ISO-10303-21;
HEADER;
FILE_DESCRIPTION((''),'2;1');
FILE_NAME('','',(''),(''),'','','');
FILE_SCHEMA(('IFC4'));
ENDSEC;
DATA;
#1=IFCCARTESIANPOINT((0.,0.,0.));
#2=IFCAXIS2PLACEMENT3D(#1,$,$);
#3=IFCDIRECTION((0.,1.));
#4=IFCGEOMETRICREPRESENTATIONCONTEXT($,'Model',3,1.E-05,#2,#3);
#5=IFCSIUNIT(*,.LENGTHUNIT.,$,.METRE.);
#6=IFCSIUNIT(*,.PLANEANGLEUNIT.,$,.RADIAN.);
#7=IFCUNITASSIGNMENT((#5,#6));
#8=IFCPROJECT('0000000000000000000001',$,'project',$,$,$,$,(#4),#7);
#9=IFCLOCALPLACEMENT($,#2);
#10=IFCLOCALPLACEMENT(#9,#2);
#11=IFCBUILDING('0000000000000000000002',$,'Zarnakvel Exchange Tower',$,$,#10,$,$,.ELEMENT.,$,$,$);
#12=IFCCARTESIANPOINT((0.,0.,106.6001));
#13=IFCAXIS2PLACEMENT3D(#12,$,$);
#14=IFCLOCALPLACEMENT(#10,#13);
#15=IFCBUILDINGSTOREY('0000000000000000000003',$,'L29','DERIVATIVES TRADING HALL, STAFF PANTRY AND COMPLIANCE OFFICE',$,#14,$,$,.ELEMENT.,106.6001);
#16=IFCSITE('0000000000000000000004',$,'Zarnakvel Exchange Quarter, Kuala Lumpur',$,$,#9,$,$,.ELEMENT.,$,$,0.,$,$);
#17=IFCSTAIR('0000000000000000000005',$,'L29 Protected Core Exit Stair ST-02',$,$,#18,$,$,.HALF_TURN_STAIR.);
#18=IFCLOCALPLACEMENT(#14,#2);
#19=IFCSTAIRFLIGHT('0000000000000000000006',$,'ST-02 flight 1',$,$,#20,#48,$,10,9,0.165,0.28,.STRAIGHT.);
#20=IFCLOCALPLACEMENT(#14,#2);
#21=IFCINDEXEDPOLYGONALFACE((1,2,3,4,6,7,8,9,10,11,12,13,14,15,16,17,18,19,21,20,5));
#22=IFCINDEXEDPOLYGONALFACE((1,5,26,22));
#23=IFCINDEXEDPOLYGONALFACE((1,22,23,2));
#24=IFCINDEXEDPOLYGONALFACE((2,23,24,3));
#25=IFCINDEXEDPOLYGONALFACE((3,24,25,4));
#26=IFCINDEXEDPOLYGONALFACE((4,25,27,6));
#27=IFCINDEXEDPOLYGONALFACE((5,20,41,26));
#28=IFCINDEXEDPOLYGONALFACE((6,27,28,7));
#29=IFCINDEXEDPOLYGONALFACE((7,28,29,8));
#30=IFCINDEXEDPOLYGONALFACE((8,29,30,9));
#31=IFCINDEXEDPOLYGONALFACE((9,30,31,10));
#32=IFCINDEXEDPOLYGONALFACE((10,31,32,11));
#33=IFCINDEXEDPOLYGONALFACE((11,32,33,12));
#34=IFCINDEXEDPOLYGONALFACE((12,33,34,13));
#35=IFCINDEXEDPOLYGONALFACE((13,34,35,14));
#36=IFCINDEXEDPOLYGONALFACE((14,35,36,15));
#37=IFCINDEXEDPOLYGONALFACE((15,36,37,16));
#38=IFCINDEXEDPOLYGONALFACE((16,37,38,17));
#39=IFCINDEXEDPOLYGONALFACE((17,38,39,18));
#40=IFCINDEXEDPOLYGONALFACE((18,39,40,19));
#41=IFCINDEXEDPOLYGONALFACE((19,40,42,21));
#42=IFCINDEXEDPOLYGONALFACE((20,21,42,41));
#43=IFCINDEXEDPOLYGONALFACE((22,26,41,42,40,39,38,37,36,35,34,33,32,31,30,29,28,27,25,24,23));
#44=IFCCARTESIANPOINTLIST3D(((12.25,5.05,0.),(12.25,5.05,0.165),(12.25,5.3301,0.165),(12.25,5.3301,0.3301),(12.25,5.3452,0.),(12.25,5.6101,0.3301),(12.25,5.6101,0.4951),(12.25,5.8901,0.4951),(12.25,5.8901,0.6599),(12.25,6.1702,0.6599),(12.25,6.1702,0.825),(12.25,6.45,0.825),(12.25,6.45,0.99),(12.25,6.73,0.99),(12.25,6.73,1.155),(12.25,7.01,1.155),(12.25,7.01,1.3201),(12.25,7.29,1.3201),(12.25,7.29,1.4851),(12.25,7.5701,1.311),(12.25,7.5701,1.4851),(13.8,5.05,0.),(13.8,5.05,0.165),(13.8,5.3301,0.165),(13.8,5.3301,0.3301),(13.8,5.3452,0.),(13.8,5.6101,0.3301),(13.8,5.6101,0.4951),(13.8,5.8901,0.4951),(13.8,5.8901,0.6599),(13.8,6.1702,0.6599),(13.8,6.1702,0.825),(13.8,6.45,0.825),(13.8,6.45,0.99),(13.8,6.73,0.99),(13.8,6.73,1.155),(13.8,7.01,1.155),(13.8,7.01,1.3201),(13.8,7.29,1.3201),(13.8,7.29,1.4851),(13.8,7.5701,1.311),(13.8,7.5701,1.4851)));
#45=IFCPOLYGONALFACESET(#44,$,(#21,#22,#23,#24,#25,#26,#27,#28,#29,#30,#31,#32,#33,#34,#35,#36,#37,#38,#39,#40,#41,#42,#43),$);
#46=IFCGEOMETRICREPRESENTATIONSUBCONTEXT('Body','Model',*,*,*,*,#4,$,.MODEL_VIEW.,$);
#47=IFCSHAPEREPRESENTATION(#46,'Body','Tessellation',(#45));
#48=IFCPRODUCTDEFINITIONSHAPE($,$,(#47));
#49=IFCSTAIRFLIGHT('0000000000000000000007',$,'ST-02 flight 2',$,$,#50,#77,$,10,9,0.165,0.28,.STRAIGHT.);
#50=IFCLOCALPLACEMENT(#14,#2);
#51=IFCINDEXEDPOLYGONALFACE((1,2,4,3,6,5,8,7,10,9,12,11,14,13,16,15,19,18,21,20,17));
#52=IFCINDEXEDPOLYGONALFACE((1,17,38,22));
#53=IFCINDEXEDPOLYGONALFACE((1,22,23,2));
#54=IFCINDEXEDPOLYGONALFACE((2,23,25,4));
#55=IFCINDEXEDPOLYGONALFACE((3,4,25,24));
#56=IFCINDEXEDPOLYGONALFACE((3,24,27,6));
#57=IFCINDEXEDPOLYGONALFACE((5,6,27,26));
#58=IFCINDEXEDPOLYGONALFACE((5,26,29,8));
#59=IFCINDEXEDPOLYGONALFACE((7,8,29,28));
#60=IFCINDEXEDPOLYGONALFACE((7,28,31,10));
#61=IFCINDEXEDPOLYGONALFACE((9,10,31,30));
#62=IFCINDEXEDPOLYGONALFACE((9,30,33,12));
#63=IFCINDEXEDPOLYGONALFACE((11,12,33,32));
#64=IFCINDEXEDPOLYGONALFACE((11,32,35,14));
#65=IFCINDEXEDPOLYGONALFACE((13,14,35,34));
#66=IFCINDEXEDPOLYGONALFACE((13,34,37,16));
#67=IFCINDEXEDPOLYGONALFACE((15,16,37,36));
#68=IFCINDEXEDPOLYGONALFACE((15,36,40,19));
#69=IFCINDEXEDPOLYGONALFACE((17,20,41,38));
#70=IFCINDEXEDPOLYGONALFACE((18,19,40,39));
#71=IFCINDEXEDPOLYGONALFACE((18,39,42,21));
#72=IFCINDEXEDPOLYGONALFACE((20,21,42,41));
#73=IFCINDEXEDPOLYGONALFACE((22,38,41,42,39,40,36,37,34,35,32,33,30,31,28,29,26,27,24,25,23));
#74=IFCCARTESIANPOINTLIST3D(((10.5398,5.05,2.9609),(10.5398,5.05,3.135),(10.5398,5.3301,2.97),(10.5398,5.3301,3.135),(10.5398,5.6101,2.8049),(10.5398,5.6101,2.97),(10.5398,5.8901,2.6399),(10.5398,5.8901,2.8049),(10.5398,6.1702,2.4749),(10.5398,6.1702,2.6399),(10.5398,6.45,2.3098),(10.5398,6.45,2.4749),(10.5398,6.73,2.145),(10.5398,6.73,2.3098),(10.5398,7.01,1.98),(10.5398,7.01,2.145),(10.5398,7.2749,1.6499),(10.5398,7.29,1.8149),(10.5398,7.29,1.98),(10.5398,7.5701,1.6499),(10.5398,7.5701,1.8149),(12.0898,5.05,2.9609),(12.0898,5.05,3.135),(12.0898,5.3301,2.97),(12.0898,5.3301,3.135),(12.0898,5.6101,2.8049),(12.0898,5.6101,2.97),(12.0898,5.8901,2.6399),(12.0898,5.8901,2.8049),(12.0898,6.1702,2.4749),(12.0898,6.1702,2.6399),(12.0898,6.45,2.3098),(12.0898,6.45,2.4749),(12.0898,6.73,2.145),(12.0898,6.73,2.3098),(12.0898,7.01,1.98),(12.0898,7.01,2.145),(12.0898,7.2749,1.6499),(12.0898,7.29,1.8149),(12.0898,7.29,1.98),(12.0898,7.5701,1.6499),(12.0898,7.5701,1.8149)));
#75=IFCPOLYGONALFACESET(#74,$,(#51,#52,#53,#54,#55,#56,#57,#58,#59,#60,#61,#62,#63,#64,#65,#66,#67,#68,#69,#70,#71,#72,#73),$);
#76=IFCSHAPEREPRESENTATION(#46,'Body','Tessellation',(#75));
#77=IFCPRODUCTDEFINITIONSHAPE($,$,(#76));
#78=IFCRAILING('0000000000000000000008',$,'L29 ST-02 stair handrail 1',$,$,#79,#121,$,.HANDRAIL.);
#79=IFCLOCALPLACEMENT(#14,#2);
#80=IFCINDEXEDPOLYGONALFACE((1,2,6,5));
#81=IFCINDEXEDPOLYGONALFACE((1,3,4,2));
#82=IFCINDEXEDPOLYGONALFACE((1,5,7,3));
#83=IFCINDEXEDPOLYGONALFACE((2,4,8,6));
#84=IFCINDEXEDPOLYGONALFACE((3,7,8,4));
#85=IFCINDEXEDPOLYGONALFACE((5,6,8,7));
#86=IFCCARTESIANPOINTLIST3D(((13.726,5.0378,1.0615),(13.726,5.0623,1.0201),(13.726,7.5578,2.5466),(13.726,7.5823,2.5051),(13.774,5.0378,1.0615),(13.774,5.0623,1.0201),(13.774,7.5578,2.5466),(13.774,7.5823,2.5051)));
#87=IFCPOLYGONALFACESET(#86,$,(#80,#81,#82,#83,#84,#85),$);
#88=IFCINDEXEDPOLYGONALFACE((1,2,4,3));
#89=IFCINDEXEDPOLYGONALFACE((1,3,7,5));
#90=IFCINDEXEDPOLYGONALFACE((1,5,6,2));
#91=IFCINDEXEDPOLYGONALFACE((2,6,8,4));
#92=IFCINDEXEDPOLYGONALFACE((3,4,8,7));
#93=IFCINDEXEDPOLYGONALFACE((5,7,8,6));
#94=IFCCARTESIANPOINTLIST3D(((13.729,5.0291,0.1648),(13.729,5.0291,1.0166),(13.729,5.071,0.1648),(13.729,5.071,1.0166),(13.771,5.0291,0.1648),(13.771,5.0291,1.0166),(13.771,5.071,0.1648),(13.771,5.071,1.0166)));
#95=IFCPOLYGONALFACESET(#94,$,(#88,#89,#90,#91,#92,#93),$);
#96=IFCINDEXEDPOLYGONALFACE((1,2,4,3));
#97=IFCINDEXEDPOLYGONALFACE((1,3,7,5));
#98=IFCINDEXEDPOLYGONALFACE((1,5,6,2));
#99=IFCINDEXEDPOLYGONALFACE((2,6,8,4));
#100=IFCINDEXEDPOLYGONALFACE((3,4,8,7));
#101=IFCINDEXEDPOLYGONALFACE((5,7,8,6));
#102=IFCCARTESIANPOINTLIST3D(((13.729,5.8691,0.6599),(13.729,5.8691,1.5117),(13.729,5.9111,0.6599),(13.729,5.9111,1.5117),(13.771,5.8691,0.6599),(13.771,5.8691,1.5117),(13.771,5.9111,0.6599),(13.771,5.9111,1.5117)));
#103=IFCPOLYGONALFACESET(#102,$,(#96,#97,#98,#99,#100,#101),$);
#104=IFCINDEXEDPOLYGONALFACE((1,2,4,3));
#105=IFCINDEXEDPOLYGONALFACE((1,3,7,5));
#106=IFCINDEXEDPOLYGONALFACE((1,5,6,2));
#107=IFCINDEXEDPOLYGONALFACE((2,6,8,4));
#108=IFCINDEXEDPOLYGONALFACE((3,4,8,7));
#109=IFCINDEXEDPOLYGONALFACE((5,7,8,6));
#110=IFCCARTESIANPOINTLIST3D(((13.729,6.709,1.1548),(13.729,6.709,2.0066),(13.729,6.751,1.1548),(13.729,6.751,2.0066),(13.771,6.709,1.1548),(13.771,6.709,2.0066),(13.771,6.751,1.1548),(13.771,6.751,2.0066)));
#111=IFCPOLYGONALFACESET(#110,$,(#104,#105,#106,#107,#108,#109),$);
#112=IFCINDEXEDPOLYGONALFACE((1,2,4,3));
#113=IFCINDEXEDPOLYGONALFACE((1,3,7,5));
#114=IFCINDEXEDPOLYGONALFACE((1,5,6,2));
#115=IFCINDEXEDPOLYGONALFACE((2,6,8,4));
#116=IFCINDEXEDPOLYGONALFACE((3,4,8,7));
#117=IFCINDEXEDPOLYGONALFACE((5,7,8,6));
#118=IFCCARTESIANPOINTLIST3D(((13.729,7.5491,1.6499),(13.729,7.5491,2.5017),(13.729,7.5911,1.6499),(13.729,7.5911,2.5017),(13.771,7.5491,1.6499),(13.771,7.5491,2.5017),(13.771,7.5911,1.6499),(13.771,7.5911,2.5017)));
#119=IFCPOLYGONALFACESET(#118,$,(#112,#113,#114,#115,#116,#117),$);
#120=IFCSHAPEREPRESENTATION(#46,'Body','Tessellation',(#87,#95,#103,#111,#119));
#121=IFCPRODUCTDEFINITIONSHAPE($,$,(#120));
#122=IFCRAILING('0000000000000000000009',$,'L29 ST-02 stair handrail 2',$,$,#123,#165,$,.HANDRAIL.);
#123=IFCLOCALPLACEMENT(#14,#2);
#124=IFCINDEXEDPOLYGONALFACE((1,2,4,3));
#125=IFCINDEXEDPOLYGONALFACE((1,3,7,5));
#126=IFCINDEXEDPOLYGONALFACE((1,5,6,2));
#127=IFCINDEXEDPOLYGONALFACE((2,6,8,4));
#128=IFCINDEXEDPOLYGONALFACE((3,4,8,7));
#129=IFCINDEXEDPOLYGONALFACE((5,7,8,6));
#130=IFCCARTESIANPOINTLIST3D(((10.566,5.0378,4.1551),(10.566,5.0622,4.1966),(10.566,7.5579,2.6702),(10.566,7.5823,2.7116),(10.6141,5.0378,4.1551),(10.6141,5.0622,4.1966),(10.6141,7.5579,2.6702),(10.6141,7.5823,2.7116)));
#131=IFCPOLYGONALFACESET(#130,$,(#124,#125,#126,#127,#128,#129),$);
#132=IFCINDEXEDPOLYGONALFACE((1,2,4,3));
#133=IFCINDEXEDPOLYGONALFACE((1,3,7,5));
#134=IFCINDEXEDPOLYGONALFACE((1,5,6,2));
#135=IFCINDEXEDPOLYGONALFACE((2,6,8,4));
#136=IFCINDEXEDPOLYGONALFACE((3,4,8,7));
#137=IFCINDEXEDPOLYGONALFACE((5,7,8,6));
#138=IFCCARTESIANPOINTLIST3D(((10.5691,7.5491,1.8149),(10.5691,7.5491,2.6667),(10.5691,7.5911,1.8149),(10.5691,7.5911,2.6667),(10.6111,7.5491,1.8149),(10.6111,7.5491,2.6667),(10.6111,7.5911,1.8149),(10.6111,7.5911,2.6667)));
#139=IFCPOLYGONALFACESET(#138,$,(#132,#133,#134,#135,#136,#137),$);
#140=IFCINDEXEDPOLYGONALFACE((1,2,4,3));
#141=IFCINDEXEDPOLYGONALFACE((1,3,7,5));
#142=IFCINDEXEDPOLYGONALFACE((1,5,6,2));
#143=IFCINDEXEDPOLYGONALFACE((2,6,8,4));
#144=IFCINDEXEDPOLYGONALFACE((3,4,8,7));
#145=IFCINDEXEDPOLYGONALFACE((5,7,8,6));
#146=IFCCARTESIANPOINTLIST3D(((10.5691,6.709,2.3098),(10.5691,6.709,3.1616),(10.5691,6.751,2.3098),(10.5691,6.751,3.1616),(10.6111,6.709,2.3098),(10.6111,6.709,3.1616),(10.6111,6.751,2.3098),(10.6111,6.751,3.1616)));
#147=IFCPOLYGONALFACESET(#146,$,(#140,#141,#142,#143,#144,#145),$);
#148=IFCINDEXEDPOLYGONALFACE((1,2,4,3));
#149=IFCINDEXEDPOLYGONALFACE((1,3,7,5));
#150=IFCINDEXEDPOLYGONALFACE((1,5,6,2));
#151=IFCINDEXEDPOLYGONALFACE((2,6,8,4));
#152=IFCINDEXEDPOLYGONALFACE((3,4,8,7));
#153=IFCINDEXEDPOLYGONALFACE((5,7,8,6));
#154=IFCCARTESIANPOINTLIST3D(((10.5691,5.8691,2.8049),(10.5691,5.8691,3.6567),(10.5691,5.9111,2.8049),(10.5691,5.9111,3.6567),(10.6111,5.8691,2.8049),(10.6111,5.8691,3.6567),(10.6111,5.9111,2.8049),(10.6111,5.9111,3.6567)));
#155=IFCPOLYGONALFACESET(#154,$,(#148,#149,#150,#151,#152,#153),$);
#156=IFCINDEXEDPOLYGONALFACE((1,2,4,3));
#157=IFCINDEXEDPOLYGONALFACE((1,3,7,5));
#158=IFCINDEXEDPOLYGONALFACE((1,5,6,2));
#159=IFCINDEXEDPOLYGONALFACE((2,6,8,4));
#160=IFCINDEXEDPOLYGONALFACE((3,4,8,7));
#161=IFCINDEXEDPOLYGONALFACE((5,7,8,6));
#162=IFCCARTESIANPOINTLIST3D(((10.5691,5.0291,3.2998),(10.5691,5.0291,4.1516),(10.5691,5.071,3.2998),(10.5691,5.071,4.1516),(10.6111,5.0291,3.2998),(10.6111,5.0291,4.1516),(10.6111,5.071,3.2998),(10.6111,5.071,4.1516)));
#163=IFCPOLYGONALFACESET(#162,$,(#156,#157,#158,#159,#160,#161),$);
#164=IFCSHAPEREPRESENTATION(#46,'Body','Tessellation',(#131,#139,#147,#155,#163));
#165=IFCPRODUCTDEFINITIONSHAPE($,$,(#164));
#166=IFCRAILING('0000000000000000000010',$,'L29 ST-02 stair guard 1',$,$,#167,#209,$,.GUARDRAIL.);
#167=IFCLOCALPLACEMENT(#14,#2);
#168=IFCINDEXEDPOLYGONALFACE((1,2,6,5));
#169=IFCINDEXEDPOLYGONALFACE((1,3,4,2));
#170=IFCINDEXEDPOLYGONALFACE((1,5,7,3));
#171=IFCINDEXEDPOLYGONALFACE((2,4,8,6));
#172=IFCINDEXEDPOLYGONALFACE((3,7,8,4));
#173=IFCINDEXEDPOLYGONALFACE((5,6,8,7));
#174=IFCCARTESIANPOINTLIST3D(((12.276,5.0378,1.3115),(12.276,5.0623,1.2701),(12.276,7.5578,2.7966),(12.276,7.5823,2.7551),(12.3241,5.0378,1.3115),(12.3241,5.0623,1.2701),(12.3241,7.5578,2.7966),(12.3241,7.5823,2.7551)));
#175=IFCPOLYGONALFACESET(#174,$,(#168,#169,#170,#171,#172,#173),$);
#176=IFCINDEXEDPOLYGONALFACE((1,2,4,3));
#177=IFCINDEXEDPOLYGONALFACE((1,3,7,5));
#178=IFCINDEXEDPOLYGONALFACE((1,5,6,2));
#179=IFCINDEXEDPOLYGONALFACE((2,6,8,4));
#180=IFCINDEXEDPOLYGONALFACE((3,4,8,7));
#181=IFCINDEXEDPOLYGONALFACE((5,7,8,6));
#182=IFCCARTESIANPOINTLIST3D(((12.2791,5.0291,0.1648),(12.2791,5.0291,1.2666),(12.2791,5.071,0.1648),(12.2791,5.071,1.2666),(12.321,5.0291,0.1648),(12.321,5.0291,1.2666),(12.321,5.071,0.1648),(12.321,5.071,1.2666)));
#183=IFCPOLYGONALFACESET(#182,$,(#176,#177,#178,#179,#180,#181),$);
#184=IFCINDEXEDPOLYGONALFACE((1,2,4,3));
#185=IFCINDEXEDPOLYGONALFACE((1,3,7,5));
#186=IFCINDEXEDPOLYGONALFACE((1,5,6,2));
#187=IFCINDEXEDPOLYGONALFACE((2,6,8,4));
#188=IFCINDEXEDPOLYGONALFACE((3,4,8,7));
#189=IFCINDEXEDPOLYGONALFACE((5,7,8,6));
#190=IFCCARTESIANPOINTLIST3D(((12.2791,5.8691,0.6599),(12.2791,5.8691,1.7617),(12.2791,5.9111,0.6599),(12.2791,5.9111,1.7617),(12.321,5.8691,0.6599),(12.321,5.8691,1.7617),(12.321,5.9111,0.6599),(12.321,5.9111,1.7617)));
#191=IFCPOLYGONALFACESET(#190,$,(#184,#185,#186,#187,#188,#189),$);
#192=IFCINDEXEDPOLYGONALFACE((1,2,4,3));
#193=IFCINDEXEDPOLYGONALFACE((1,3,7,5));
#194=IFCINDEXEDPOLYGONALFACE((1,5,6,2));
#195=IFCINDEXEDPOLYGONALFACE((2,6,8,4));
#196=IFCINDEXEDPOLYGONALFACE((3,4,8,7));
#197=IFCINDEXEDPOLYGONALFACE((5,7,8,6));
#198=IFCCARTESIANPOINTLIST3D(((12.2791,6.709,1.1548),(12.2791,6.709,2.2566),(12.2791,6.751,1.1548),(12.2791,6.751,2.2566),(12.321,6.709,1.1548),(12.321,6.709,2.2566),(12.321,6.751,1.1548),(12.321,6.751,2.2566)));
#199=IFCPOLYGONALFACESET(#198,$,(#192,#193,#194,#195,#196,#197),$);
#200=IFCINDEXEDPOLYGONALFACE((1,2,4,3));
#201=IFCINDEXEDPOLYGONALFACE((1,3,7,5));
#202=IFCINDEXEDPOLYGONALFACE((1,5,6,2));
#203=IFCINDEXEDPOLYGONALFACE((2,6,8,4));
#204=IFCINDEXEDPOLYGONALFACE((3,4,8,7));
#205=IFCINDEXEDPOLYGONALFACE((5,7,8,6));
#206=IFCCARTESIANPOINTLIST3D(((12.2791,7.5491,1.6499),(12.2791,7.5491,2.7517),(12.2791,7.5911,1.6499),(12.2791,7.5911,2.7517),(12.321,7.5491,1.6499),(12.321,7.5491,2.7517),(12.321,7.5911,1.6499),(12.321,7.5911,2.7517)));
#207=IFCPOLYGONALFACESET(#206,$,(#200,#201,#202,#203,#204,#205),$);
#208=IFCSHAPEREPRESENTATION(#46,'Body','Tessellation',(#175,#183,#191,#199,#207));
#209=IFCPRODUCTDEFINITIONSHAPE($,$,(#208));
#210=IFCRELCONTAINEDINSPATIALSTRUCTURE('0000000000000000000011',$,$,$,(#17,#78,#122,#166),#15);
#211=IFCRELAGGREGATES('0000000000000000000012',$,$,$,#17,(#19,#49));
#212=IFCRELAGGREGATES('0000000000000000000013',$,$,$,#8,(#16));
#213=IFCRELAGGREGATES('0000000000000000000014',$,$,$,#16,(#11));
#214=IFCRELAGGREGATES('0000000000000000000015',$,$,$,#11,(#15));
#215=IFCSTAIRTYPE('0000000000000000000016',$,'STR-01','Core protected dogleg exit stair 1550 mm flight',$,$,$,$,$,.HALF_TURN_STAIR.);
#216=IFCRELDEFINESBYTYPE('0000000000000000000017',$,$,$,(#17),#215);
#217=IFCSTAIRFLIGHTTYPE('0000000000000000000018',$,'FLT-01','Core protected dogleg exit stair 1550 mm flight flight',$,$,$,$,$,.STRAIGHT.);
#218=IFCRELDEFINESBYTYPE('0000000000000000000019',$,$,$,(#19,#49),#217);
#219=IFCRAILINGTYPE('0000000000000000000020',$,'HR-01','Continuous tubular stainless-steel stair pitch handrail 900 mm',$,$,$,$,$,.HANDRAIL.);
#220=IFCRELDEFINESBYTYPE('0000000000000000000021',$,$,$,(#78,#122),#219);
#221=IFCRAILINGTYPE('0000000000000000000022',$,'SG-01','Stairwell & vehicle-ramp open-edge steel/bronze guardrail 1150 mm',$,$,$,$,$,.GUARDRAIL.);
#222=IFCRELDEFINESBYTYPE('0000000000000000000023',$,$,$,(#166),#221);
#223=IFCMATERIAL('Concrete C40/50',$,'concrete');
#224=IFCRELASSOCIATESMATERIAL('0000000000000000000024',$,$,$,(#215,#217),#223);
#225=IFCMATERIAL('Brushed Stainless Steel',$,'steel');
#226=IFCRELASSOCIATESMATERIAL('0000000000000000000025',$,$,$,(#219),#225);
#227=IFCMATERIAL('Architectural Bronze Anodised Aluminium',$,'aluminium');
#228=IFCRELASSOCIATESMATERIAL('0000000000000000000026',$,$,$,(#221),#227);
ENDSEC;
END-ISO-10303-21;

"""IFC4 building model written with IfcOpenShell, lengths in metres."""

from ifc_helpers import new_model, si_unit, direction, frame, origin, origin_2d, place, context, subcontext, project, spatial, polyline, rectangle, outline, extrude, material, type_object, element, aggregate, save


model = new_model("IFC4")

# Units and contexts
model_context = context("Model", 3, precision=1e-05, world=origin(), true_north=direction((0.0, 1.0)))
body_context = subcontext(model_context, "Body", "Model", "MODEL_VIEW")
ifc_project = project(units=[si_unit("LENGTHUNIT", "METRE"), si_unit("PLANEANGLEUNIT", "RADIAN")], contexts=[model_context])

# Site, building, storey
site_placement = place(None, origin())
site = spatial("IfcSite", under=ifc_project, at=site_placement, Name="Zarnakvel Exchange Quarter, Kuala Lumpur", CompositionType="ELEMENT", RefElevation=0.0)
building_placement = place(site_placement, origin())
building = spatial("IfcBuilding", under=site, at=building_placement, Name="Zarnakvel Exchange Tower", CompositionType="ELEMENT")
storey_placement = place(building_placement, frame((0.0, 0.0, 106.6001)))
storey = spatial("IfcBuildingStorey", under=building, at=storey_placement, Name="L29", Description="DERIVATIVES TRADING HALL, STAFF PANTRY AND COMPLIANCE OFFICE", CompositionType="ELEMENT", Elevation=106.6001)

# Shared definitions
ifc_material_1 = material(Name="Architectural Bronze Anodised Aluminium", Category="aluminium")

# Shared definitions
ifc_material_2 = material(Name="Concrete C40/50", Category="concrete")

# Stair, stair flights
stair_type = type_object("IfcStairType", Name="STR-01", Description="Core protected dogleg exit stair 1550 mm flight", PredefinedType="HALF_TURN_STAIR", material=ifc_material_2)
stair_placement = place(storey_placement, origin())
stair = element("IfcStair", 1, at=stair_placement, inside=storey, type_object=stair_type, Name="L29 Protected Core Exit Stair ST-02", PredefinedType="HALF_TURN_STAIR")
stair_flight_type = type_object("IfcStairFlightType", Name="FLT-01", Description="Core protected dogleg exit stair 1550 mm flight flight", PredefinedType="STRAIGHT", material=ifc_material_2)
stair_flight_1_placement = place(storey_placement, frame((13.0249, 5.05, 0.0), z_axis=(0.0, 0.0, 1.0), x_axis=(0.0, 1.0, 0.0)))
stair_flight_1 = element("IfcStairFlight", 2, at=stair_flight_1_placement, type_object=stair_flight_type, Name="ST-02 flight 1", NumberOfRisers=10, NumberOfTreads=9, PredefinedType="STRAIGHT", RiserHeight=0.165, TreadLength=0.28, context=body_context, shape_type="SweptSolid", body=[
    extrude(outline(polyline([(0.0, 0.0), (0.0, 0.165), (0.28, 0.165), (0.28, 0.3301), (0.5601, 0.3301), (0.5601, 0.4951), (0.8401, 0.4951), (0.8401, 0.6599), (1.1201, 0.6599), (1.1201, 0.825), (1.3999, 0.825), (1.3999, 0.99), (1.6799, 0.99), (1.6799, 1.155), (1.96, 1.155), (1.96, 1.3201), (2.24, 1.3201), (2.24, 1.4851), (2.52, 1.4851), (2.52, 1.6499), (2.52, 1.311), (0.2952, 0.0), (0.0, 0.0)])), frame((0.0, 0.7749, 0.0), z_axis=(0.0, -1.0, 0.0), x_axis=(1.0, 0.0, 0.0)), (0.0, 0.0, 1.0), 1.55),
])
stair_flight_2_placement = place(storey_placement, frame((11.3149, 7.5701, 1.6499), z_axis=(0.0, 0.0, 1.0), x_axis=(0.0, -1.0, 0.0)))
stair_flight_2 = element("IfcStairFlight", 3, at=stair_flight_2_placement, type_object=stair_flight_type, Name="ST-02 flight 2", NumberOfRisers=10, NumberOfTreads=9, PredefinedType="STRAIGHT", RiserHeight=0.165, TreadLength=0.28, context=body_context, shape_type="SweptSolid", body=[
    extrude(outline(polyline([(0.0, 0.0), (0.0, 0.165), (0.28, 0.165), (0.28, 0.3301), (0.5601, 0.3301), (0.5601, 0.4951), (0.8401, 0.4951), (0.8401, 0.6599), (1.1201, 0.6599), (1.1201, 0.825), (1.3999, 0.825), (1.3999, 0.99), (1.6799, 0.99), (1.6799, 1.155), (1.96, 1.155), (1.96, 1.3201), (2.24, 1.3201), (2.24, 1.4851), (2.52, 1.4851), (2.52, 1.6499), (2.52, 1.311), (0.2952, 0.0), (0.0, 0.0)])), frame((0.0, 0.7749, 0.0), z_axis=(0.0, -1.0, 0.0), x_axis=(1.0, 0.0, 0.0)), (0.0, 0.0, 1.0), 1.55),
])
aggregate(stair, [stair_flight_1, stair_flight_2])

# Railings
ifc_material_3 = material(Name="Brushed Stainless Steel", Category="steel")
railing_type_1 = type_object("IfcRailingType", Name="HR-01", Description="Continuous tubular stainless-steel stair pitch handrail 900 mm", PredefinedType="HANDRAIL", material=ifc_material_3)
railing_1_placement = place(storey_placement, frame((13.75, 5.05, 0.1648)))
element("IfcRailing", 4, at=railing_1_placement, inside=storey, type_object=railing_type_1, Name="L29 ST-02 stair handrail 1", PredefinedType="HANDRAIL", context=body_context, shape_type="SweptSolid", body=[
    extrude(rectangle(XDim=0.0481, YDim=0.0481, at=origin_2d()), frame((0.0, 0.0, 0.876), z_axis=(0.0, 0.861524, 0.507717), x_axis=(-1.0, 0.0, 0.0)), (0.0, 0.0, 1.0), 2.925),
    extrude(rectangle(XDim=0.042, YDim=0.042, at=origin_2d()), origin(), (0.0, 0.0, 1.0), 0.8518),
    extrude(rectangle(XDim=0.042, YDim=0.042, at=origin_2d()), frame((0.0, 0.8401, 0.4951)), (0.0, 0.0, 1.0), 0.8518),
    extrude(rectangle(XDim=0.042, YDim=0.042, at=origin_2d()), frame((0.0, 1.6799, 0.99)), (0.0, 0.0, 1.0), 0.8518),
    extrude(rectangle(XDim=0.042, YDim=0.042, at=origin_2d()), frame((0.0, 2.52, 1.4851)), (0.0, 0.0, 1.0), 0.8518),
])
railing_2_placement = place(storey_placement, frame((10.5901, 7.5701, 1.8149)))
element("IfcRailing", 5, at=railing_2_placement, inside=storey, type_object=railing_type_1, Name="L29 ST-02 stair handrail 2", PredefinedType="HANDRAIL", context=body_context, shape_type="SweptSolid", body=[
    extrude(rectangle(XDim=0.0481, YDim=0.0481, at=origin_2d()), frame((0.0, 0.0, 0.876), z_axis=(0.0, -0.861561, 0.507655), x_axis=(1.0, 0.0, 0.0)), (0.0, 0.0, 1.0), 2.925),
    extrude(rectangle(XDim=0.042, YDim=0.042, at=origin_2d()), origin(), (0.0, 0.0, 1.0), 0.8518),
    extrude(rectangle(XDim=0.042, YDim=0.042, at=origin_2d()), frame((0.0, -0.8401, 0.4949)), (0.0, 0.0, 1.0), 0.8518),
    extrude(rectangle(XDim=0.042, YDim=0.042, at=origin_2d()), frame((0.0, -1.6799, 0.99)), (0.0, 0.0, 1.0), 0.8518),
    extrude(rectangle(XDim=0.042, YDim=0.042, at=origin_2d()), frame((0.0, -2.52, 1.4849)), (0.0, 0.0, 1.0), 0.8518),
])
railing_type_2 = type_object("IfcRailingType", Name="SG-01", Description="Stairwell & vehicle-ramp open-edge steel/bronze guardrail 1150 mm", PredefinedType="GUARDRAIL", material=ifc_material_1)
railing_3_placement = place(storey_placement, frame((12.3, 5.05, 0.1648)))
element("IfcRailing", 6, at=railing_3_placement, inside=storey, type_object=railing_type_2, Name="L29 ST-02 stair guard 1", PredefinedType="GUARDRAIL", context=body_context, shape_type="SweptSolid", body=[
    extrude(rectangle(XDim=0.0481, YDim=0.0481, at=origin_2d()), frame((0.0, 0.0, 1.126), z_axis=(0.0, 0.861524, 0.507717), x_axis=(-1.0, 0.0, 0.0)), (0.0, 0.0, 1.0), 2.925),
    extrude(rectangle(XDim=0.042, YDim=0.042, at=origin_2d()), origin(), (0.0, 0.0, 1.0), 1.1018),
    extrude(rectangle(XDim=0.042, YDim=0.042, at=origin_2d()), frame((0.0, 0.8401, 0.4951)), (0.0, 0.0, 1.0), 1.1018),
    extrude(rectangle(XDim=0.042, YDim=0.042, at=origin_2d()), frame((0.0, 1.6799, 0.99)), (0.0, 0.0, 1.0), 1.1018),
    extrude(rectangle(XDim=0.042, YDim=0.042, at=origin_2d()), frame((0.0, 2.52, 1.4851)), (0.0, 0.0, 1.0), 1.1018),
])

save(model, "model.ifc")
